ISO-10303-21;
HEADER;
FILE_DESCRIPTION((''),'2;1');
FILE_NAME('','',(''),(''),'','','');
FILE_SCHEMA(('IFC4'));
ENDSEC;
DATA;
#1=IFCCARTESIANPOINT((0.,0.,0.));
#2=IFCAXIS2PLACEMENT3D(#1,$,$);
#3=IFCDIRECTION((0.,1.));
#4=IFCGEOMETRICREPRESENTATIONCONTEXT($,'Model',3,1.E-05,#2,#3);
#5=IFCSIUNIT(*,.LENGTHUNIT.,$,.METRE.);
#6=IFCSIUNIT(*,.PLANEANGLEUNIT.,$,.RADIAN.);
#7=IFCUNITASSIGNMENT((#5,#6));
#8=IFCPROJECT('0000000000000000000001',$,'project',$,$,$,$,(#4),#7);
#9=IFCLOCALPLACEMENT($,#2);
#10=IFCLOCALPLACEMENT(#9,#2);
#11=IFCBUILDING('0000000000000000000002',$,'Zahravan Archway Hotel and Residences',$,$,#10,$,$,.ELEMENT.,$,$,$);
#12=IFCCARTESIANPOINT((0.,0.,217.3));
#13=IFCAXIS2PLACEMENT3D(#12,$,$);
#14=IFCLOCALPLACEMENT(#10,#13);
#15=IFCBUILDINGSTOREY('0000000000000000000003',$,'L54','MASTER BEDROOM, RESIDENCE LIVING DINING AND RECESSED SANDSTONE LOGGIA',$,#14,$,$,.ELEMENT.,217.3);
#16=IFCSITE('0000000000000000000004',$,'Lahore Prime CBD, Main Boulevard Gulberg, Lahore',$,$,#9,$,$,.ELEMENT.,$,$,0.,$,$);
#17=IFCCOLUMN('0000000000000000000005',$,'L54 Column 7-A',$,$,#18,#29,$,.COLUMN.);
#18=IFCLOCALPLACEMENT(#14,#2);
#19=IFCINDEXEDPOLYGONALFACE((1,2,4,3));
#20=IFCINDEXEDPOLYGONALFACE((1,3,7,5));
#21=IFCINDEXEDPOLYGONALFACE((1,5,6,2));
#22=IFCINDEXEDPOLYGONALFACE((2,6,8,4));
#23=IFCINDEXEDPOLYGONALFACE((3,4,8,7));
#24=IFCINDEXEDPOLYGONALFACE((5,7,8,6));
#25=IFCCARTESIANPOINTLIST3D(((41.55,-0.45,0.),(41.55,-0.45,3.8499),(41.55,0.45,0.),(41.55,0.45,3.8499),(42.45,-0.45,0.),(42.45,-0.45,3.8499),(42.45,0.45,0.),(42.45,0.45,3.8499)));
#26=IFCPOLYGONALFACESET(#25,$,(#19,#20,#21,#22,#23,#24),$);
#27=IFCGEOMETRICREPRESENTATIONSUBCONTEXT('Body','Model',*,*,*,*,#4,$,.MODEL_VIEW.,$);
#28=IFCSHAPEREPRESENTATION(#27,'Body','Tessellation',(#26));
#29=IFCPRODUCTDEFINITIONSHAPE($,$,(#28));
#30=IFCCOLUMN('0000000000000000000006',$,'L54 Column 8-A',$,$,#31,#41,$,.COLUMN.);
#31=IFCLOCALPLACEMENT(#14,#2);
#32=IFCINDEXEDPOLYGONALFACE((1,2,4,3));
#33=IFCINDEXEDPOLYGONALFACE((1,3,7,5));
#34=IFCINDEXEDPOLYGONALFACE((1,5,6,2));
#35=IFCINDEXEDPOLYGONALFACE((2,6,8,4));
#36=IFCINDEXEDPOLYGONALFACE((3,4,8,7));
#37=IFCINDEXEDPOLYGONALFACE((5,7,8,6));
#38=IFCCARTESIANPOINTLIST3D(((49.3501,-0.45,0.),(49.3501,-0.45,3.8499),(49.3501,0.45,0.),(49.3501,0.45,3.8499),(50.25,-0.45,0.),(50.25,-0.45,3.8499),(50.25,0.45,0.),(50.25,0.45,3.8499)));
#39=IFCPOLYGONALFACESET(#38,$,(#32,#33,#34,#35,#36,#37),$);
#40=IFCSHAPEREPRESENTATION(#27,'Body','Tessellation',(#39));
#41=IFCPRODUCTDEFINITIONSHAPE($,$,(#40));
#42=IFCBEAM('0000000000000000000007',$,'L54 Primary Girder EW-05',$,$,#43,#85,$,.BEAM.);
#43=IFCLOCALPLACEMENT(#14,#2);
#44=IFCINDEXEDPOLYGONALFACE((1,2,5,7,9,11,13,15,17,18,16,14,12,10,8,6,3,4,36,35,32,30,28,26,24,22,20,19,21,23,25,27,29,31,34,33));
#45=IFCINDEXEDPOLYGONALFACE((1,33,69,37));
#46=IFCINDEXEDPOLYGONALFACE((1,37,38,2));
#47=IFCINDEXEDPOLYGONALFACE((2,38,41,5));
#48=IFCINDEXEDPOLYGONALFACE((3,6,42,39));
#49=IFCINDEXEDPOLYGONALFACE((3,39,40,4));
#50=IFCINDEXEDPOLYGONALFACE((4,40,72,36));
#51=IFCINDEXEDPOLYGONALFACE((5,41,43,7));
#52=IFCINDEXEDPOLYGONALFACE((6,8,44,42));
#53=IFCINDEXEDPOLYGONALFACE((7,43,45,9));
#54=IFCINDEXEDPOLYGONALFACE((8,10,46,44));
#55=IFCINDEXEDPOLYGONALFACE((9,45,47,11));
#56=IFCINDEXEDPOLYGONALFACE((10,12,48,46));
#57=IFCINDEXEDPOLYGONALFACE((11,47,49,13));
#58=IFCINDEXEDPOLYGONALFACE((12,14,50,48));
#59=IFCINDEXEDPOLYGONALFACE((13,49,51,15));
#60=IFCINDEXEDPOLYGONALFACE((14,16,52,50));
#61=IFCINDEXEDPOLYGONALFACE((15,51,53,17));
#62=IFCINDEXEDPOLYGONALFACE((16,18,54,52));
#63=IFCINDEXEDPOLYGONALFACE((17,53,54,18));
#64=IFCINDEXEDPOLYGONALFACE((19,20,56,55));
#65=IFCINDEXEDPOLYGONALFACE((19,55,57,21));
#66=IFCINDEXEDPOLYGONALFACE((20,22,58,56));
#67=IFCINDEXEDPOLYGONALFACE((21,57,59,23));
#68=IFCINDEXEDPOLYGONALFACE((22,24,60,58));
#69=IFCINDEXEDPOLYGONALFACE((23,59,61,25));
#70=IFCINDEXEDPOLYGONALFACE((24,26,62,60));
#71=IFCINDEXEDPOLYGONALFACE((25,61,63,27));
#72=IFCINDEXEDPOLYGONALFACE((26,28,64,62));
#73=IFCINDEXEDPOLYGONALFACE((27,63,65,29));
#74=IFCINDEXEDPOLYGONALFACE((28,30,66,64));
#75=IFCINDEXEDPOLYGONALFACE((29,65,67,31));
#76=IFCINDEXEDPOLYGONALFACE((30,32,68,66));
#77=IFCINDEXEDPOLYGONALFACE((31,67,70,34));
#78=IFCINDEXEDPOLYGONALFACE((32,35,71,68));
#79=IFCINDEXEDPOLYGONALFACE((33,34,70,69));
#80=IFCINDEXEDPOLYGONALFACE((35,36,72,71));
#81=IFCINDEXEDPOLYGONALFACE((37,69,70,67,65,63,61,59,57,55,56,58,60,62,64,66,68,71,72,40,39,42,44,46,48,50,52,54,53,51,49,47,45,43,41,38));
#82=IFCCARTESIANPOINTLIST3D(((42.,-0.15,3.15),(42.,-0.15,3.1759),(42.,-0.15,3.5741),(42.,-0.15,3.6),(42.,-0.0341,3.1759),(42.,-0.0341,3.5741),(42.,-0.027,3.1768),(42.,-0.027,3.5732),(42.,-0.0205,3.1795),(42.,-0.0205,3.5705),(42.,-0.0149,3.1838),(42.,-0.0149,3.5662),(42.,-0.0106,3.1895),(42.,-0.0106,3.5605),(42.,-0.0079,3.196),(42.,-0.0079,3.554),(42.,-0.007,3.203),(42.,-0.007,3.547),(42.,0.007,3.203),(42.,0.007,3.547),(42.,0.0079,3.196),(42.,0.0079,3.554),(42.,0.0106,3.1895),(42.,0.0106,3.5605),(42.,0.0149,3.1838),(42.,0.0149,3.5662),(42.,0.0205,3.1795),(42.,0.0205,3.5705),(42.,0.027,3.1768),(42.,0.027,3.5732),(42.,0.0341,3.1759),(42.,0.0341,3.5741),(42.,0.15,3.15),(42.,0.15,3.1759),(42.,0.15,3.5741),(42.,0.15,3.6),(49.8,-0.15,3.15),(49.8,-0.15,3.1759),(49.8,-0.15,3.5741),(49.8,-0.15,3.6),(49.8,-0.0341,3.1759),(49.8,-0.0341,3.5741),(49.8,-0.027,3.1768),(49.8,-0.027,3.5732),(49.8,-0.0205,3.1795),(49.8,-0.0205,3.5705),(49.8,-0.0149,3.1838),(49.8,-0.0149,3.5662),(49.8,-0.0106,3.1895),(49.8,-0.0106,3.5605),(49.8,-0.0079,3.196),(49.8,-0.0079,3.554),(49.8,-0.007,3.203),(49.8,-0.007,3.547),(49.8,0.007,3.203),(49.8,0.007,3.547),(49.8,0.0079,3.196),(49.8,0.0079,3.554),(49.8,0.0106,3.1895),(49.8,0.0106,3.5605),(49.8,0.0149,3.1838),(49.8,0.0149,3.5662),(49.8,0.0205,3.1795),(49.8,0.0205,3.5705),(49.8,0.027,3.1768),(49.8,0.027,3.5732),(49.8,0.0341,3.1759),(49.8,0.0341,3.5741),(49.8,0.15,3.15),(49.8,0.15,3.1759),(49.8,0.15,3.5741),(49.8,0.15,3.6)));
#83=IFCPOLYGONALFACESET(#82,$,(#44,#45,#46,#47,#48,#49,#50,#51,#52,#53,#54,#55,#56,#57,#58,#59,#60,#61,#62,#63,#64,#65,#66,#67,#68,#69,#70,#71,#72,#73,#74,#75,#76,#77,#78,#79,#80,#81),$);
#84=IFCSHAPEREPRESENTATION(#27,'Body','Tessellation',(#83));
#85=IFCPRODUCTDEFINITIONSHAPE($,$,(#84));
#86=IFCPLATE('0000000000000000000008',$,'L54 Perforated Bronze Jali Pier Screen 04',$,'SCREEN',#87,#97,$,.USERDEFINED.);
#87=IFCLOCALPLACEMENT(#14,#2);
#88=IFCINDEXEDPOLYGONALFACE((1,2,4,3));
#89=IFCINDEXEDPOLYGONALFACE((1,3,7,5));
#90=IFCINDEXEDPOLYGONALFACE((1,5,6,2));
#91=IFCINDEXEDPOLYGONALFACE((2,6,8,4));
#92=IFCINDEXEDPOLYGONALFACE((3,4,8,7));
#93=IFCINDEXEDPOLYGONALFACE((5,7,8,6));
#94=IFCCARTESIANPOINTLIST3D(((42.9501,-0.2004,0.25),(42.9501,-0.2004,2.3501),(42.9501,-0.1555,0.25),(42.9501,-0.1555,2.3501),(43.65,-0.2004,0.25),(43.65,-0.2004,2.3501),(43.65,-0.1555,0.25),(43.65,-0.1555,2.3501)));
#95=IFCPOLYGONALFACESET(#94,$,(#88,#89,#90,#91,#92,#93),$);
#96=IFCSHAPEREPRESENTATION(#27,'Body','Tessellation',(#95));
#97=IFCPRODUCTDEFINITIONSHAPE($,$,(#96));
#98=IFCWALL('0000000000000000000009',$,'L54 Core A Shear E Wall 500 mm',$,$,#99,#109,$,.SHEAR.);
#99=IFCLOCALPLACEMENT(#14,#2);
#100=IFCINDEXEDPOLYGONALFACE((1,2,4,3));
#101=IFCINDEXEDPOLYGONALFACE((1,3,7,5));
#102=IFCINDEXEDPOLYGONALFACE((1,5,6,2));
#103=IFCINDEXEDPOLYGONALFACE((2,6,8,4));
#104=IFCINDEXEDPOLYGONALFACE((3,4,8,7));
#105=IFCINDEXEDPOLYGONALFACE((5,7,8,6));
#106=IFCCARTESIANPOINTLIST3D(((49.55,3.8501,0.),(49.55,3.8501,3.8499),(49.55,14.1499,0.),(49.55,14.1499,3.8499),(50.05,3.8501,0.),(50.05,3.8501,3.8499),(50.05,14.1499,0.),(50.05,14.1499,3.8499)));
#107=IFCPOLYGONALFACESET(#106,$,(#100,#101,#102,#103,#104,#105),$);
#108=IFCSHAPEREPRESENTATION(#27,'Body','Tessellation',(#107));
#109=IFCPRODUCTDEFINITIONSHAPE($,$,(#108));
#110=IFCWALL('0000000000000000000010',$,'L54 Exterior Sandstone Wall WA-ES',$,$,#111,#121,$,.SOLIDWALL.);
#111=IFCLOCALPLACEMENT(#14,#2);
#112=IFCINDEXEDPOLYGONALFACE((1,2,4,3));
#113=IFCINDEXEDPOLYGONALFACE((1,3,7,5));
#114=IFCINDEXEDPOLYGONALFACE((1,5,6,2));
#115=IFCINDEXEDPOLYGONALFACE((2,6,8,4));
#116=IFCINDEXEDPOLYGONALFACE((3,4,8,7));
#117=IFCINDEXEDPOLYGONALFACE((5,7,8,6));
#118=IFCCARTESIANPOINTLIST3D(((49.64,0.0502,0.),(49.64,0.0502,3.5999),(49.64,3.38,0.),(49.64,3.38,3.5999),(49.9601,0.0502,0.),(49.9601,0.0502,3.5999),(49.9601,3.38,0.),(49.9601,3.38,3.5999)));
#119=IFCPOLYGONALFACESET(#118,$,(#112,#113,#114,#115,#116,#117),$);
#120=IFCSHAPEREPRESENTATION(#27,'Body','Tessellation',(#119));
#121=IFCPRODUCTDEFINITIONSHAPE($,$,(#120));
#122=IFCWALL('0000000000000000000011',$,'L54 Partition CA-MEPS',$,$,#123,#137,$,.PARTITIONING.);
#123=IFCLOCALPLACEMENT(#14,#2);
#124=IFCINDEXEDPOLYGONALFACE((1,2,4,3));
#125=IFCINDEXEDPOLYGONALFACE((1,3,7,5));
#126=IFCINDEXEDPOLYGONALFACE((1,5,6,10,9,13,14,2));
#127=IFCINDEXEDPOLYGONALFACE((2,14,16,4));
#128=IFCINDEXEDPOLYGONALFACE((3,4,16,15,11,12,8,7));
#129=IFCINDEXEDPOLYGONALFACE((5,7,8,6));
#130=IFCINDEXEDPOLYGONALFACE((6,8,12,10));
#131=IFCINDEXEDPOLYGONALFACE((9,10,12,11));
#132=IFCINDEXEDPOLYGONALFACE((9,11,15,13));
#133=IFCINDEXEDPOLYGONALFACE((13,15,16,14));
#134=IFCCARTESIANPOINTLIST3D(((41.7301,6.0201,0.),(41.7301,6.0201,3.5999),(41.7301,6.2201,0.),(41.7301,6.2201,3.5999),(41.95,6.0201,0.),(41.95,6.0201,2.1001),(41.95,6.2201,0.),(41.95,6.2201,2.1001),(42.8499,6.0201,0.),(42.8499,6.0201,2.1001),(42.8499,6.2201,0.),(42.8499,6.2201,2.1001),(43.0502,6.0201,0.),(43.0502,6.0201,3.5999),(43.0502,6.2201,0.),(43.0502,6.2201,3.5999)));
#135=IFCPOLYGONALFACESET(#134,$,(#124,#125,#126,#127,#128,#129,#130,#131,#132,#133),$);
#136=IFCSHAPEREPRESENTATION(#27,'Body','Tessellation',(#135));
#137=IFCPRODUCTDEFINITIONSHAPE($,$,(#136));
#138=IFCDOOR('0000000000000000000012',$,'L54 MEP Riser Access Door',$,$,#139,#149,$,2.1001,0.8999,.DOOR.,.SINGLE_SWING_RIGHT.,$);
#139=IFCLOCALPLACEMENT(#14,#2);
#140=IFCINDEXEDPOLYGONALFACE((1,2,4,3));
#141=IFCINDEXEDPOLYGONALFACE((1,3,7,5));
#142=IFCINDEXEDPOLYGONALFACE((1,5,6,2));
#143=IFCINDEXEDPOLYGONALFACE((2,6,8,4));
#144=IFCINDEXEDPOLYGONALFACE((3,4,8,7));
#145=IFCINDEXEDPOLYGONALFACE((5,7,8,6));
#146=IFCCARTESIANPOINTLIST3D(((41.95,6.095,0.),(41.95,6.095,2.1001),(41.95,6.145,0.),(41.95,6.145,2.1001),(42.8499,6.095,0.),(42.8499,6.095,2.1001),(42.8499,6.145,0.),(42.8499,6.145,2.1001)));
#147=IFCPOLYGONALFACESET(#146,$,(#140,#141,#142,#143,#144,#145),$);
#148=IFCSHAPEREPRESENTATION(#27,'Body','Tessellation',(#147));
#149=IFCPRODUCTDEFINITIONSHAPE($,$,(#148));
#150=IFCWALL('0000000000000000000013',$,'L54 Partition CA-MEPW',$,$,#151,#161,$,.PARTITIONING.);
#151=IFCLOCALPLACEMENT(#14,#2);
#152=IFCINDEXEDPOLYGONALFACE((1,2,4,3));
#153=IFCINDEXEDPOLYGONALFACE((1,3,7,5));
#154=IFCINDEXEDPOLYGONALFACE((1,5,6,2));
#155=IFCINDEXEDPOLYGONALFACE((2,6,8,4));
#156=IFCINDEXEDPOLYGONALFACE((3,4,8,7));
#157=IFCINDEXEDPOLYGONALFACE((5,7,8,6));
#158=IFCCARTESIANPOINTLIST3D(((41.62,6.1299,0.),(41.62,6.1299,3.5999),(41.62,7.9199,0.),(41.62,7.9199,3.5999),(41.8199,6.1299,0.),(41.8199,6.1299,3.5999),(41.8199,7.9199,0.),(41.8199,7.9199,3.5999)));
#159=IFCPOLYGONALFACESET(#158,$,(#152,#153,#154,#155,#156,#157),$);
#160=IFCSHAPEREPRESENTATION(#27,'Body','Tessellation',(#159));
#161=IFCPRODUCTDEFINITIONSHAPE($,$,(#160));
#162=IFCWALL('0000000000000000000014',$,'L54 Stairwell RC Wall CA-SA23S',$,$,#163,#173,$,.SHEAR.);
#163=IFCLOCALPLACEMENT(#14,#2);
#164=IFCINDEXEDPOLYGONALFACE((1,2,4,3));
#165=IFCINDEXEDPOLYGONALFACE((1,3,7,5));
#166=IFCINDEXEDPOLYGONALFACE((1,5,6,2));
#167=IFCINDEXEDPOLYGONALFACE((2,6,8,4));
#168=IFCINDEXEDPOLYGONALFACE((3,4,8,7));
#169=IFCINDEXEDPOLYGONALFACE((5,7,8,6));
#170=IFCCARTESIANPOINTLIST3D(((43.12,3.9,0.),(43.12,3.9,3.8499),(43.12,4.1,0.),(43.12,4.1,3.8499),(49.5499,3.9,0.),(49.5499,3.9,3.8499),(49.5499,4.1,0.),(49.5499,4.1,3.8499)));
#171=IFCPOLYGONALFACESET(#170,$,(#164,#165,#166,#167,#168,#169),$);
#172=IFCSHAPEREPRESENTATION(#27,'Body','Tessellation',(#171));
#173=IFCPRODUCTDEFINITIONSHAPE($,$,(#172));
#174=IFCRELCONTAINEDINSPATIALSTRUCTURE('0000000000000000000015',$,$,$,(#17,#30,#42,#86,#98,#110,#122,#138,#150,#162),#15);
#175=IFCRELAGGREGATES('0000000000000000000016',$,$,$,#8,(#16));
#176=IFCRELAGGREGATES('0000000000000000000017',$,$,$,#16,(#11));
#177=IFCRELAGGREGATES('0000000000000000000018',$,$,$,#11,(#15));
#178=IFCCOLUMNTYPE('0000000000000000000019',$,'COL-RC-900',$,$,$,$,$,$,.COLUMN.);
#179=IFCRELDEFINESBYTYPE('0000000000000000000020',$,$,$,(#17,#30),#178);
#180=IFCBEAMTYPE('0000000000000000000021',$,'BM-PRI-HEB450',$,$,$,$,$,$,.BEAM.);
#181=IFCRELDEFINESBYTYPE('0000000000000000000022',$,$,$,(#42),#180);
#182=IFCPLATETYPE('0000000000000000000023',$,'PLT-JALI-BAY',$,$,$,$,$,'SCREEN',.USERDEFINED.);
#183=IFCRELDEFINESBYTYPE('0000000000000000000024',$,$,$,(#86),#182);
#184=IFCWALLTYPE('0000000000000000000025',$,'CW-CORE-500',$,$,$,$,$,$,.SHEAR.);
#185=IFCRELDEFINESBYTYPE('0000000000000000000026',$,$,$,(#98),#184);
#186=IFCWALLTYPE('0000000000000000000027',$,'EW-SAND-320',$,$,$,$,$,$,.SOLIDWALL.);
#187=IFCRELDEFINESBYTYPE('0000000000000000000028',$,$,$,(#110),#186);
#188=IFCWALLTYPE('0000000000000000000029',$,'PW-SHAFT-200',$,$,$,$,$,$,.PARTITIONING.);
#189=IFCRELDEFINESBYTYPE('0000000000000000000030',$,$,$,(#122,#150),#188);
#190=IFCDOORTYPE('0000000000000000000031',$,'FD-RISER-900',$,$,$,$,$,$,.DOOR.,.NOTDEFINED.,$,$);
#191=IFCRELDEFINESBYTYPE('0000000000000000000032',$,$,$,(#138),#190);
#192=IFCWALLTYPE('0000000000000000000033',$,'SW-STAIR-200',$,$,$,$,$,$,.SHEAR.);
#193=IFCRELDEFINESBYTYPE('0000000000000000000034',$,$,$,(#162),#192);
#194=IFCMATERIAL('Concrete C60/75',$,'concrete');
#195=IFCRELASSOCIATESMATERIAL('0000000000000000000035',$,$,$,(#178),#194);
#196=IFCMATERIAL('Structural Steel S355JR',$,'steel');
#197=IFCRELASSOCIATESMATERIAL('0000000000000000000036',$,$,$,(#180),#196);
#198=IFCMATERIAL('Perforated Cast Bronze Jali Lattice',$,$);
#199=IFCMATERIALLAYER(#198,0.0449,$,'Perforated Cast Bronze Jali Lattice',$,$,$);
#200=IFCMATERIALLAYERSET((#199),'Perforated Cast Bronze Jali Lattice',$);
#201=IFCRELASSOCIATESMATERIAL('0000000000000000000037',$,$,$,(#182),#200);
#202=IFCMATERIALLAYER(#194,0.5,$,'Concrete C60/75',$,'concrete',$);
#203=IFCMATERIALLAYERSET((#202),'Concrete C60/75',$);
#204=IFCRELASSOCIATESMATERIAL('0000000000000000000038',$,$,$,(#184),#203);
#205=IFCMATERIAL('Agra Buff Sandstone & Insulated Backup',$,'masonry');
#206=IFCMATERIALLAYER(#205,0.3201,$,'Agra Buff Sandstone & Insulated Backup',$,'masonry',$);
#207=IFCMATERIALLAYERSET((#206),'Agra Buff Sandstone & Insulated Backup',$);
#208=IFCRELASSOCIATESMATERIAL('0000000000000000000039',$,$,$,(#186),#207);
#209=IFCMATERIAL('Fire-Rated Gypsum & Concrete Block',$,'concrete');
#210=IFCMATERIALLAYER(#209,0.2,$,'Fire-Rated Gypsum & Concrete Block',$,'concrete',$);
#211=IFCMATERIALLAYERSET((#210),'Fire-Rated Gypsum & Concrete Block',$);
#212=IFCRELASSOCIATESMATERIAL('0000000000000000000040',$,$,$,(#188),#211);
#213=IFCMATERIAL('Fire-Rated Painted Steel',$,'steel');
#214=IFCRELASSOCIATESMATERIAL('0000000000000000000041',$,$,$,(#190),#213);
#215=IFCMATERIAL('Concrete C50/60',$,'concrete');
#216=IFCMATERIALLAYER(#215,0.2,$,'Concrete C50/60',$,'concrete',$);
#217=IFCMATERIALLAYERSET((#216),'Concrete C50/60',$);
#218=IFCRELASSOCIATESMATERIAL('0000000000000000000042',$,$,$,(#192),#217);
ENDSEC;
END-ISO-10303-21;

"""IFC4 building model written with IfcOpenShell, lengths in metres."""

from ifc_helpers import new_model, si_unit, direction, frame, frame_2d, origin, origin_2d, place, context, subcontext, project, spatial, rectangle, i_section, extrude, source, transform, mapped, material, layer, layer_set, material_profile, profile_set, type_object, type_shapes, element, fill, save


model = new_model("IFC4")

# Units and contexts
model_context = context("Model", 3, precision=1e-05, world=origin(), true_north=direction((0.0, 1.0)))
body_context = subcontext(model_context, "Body", "Model", "MODEL_VIEW")
ifc_project = project(units=[si_unit("LENGTHUNIT", "METRE"), si_unit("PLANEANGLEUNIT", "RADIAN")], contexts=[model_context])

# Site, building, storey
site_placement = place(None, origin())
site = spatial("IfcSite", under=ifc_project, at=site_placement, Name="Lahore Prime CBD, Main Boulevard Gulberg, Lahore", CompositionType="ELEMENT", RefElevation=0.0)
building_placement = place(site_placement, origin())
building = spatial("IfcBuilding", under=site, at=building_placement, Name="Zahravan Archway Hotel and Residences", CompositionType="ELEMENT")
storey_placement = place(building_placement, frame((0.0, 0.0, 217.3)))
storey = spatial("IfcBuildingStorey", under=building, at=storey_placement, Name="L54", Description="MASTER BEDROOM, RESIDENCE LIVING DINING AND RECESSED SANDSTONE LOGGIA", CompositionType="ELEMENT", Elevation=217.3)

# Columns
ifc_material_1 = material(Name="Concrete C60/75", Category="concrete")
ifc_material_profile_1 = material_profile(ifc_material_1, rectangle(XDim=0.8999, YDim=0.8999, at=origin_2d()), Name="RC-COL-900x900", Category="concrete")
ifc_profile_set_1 = profile_set([ifc_material_profile_1], Name="Concrete C60/75")
column_type = type_object("IfcColumnType", Name="COL-RC-900", PredefinedType="COLUMN", material=ifc_profile_set_1)
shared_shape_1 = source(origin(), body_context, "Body", "SweptSolid", [
    extrude(rectangle(XDim=0.8999, YDim=0.8999, at=origin_2d()), origin(), (0.0, 0.0, 1.0), 3.8499),
])
for number, where, z_axis, x_axis, name in (
    (1, (42.0, 0.0, 0.0), (0.0, 0.0, 1.0), (1.0, 0.0, 0.0), "L54 Column 7-A"),
    (2, (49.8, 0.0, 0.0), (0.0, 0.0, 1.0), (1.0, 0.0, 0.0), "L54 Column 8-A"),
):
    element("IfcColumn", number, at=place(storey_placement, frame(where, z_axis=z_axis, x_axis=x_axis)), inside=storey, type_object=column_type, Name=name, PredefinedType="COLUMN", context=body_context, shape_type="MappedRepresentation", body=[
        mapped(shared_shape_1, transform((0.0, 0.0, 0.0), scale=1.0)),
    ])

# Beam
ifc_material_2 = material(Name="Structural Steel S355JR", Category="steel")
ifc_material_profile_2 = material_profile(ifc_material_2, i_section(OverallWidth=0.3, OverallDepth=0.45, WebThickness=0.0139, FlangeThickness=0.0259, FilletRadius=0.0271, at=origin_2d()), Name="HEB 450", Category="steel")
ifc_profile_set_2 = profile_set([ifc_material_profile_2], Name="Structural Steel S355JR")
beam_type = type_object("IfcBeamType", Name="BM-PRI-HEB450", PredefinedType="BEAM", material=ifc_profile_set_2)
shared_shape_2 = source(origin(), body_context, "Body", "SweptSolid", [
    extrude(i_section(OverallWidth=0.3, OverallDepth=0.45, WebThickness=0.0139, FlangeThickness=0.0259, FilletRadius=0.0271, at=origin_2d()), origin(), (0.0, 0.0, 1.0), 7.8),
])
beam_placement = place(storey_placement, frame((42.0, 0.0, 3.375), z_axis=(1.0, 0.0, 0.0), x_axis=(0.0, 1.0, 0.0)))
element("IfcBeam", 3, at=beam_placement, inside=storey, type_object=beam_type, Name="L54 Primary Girder EW-05", PredefinedType="BEAM", context=body_context, shape_type="MappedRepresentation", body=[
    mapped(shared_shape_2, transform((0.0, 0.0, 0.0), scale=1.0)),
])

# Plate
ifc_material_3 = material(Name="Perforated Cast Bronze Jali Lattice")
ifc_layer_1 = layer(ifc_material_3, 0.0449, Name="Perforated Cast Bronze Jali Lattice")
ifc_layer_set_1 = layer_set([ifc_layer_1], Name="Perforated Cast Bronze Jali Lattice")
plate_type = type_object("IfcPlateType", Name="PLT-JALI-BAY", ElementType="SCREEN", PredefinedType="USERDEFINED", material=ifc_layer_set_1)
shared_shape_3 = source(origin(), body_context, "Body", "SweptSolid", [
    extrude(rectangle(XDim=0.7, YDim=0.0449, at=origin_2d()), origin(), (0.0, 0.0, 1.0), 2.1001),
])
type_shapes(plate_type, [shared_shape_3])
plate_placement = place(storey_placement, frame((43.3, -0.178, 0.25), z_axis=(0.0, 0.0, 1.0), x_axis=(1.0, 0.0, 0.0)))
element("IfcPlate", 4, at=plate_placement, inside=storey, type_object=plate_type, Name="L54 Perforated Bronze Jali Pier Screen 04", ObjectType="SCREEN", PredefinedType="USERDEFINED", context=body_context, shape_type="MappedRepresentation", body=[
    mapped(shared_shape_3, transform((0.0, 0.0, 0.0), scale=1.0)),
])

# Walls
ifc_layer_2 = layer(ifc_material_1, 0.5, Name="Concrete C60/75", Category="concrete")
ifc_layer_set_2 = layer_set([ifc_layer_2], Name="Concrete C60/75")
wall_type_1 = type_object("IfcWallType", Name="CW-CORE-500", PredefinedType="SHEAR", material=ifc_layer_set_2)
wall_1_placement = place(storey_placement, frame((49.8, 3.8501, 0.0), z_axis=(0.0, 0.0, 1.0), x_axis=(0.0, 1.0, 0.0)))
element("IfcWall", 5, at=wall_1_placement, inside=storey, type_object=wall_type_1, Name="L54 Core A Shear E Wall 500 mm", PredefinedType="SHEAR", context=body_context, shape_type="SweptSolid", body=[
    extrude(rectangle(XDim=10.2998, YDim=0.5, at=frame_2d((5.1499, 0.0))), origin(), (0.0, 0.0, 1.0), 3.8499),
])
ifc_material_4 = material(Name="Agra Buff Sandstone & Insulated Backup", Category="masonry")
ifc_layer_3 = layer(ifc_material_4, 0.3201, Name="Agra Buff Sandstone & Insulated Backup", Category="masonry")
ifc_layer_set_3 = layer_set([ifc_layer_3], Name="Agra Buff Sandstone & Insulated Backup")
wall_type_2 = type_object("IfcWallType", Name="EW-SAND-320", PredefinedType="SOLIDWALL", material=ifc_layer_set_3)
wall_2_placement = place(storey_placement, frame((49.8, 0.05, 0.0), z_axis=(0.0, 0.0, 1.0), x_axis=(0.0, 1.0, 0.0)))
element("IfcWall", 6, at=wall_2_placement, inside=storey, type_object=wall_type_2, Name="L54 Exterior Sandstone Wall WA-ES", PredefinedType="SOLIDWALL", context=body_context, shape_type="SweptSolid", body=[
    extrude(rectangle(XDim=3.3298, YDim=0.3201, at=frame_2d((1.665, 0.0))), origin(), (0.0, 0.0, 1.0), 3.5999),
])

# Wall, opening, door
ifc_material_5 = material(Name="Fire-Rated Gypsum & Concrete Block", Category="concrete")
ifc_layer_4 = layer(ifc_material_5, 0.2, Name="Fire-Rated Gypsum & Concrete Block", Category="concrete")
ifc_layer_set_4 = layer_set([ifc_layer_4], Name="Fire-Rated Gypsum & Concrete Block")
wall_type_3 = type_object("IfcWallType", Name="PW-SHAFT-200", PredefinedType="PARTITIONING", material=ifc_layer_set_4)
wall_3_placement = place(storey_placement, frame((41.73, 6.1201, 0.0), z_axis=(0.0, 0.0, 1.0), x_axis=(1.0, 0.0, 0.0)))
wall_3 = element("IfcWall", 7, at=wall_3_placement, inside=storey, type_object=wall_type_3, Name="L54 Partition CA-MEPS", PredefinedType="PARTITIONING", context=body_context, shape_type="SweptSolid", body=[
    extrude(rectangle(XDim=1.3201, YDim=0.2, at=frame_2d((0.6602, 0.0))), origin(), (0.0, 0.0, 1.0), 3.5999),
])
opening_placement = place(wall_3_placement, frame((0.22, 0.0, 0.0)))
opening = element("IfcOpeningElement", 8, at=opening_placement, cuts=wall_3, PredefinedType="OPENING", context=body_context, shape_type="SweptSolid", body=[
    extrude(rectangle(XDim=0.8999, YDim=2.1001, at=frame_2d((0.45, 1.05))), frame((0.0, 0.1099, 0.0), z_axis=(0.0, -1.0, 0.0), x_axis=(1.0, 0.0, 0.0)), (0.0, 0.0, 1.0), 0.22),
])
ifc_material_6 = material(Name="Fire-Rated Painted Steel", Category="steel")
door_type = type_object("IfcDoorType", Name="FD-RISER-900", OperationType="NOTDEFINED", PredefinedType="DOOR", material=ifc_material_6)
shared_shape_4 = source(origin(), body_context, "Body", "SweptSolid", [
    extrude(rectangle(XDim=0.8999, YDim=2.1001, at=frame_2d((0.45, 1.05))), frame((0.0, 0.0249, 0.0), z_axis=(0.0, -1.0, 0.0), x_axis=(1.0, 0.0, 0.0)), (0.0, 0.0, 1.0), 0.05),
])
type_shapes(door_type, [shared_shape_4])
door_placement = place(opening_placement, origin())
door = element("IfcDoor", 9, at=door_placement, inside=storey, type_object=door_type, Name="L54 MEP Riser Access Door", OperationType="SINGLE_SWING_RIGHT", OverallHeight=2.1001, OverallWidth=0.8999, PredefinedType="DOOR", context=body_context, shape_type="MappedRepresentation", body=[
    mapped(shared_shape_4, transform((0.0, 0.0, 0.0), scale=1.0)),
])
fill(opening, door)

# Walls
wall_4_placement = place(storey_placement, frame((41.72, 6.1299, 0.0), z_axis=(0.0, 0.0, 1.0), x_axis=(0.0, 1.0, 0.0)))
element("IfcWall", 10, at=wall_4_placement, inside=storey, type_object=wall_type_3, Name="L54 Partition CA-MEPW", PredefinedType="PARTITIONING", context=body_context, shape_type="SweptSolid", body=[
    extrude(rectangle(XDim=1.79, YDim=0.2, at=frame_2d((0.895, 0.0))), origin(), (0.0, 0.0, 1.0), 3.5999),
])
ifc_material_7 = material(Name="Concrete C50/60", Category="concrete")
ifc_layer_5 = layer(ifc_material_7, 0.2, Name="Concrete C50/60", Category="concrete")
ifc_layer_set_5 = layer_set([ifc_layer_5], Name="Concrete C50/60")
wall_type_4 = type_object("IfcWallType", Name="SW-STAIR-200", PredefinedType="SHEAR", material=ifc_layer_set_5)
wall_5_placement = place(storey_placement, frame((43.1201, 4.0, 0.0), z_axis=(0.0, 0.0, 1.0), x_axis=(1.0, 0.0, 0.0)))
element("IfcWall", 11, at=wall_5_placement, inside=storey, type_object=wall_type_4, Name="L54 Stairwell RC Wall CA-SA23S", PredefinedType="SHEAR", context=body_context, shape_type="SweptSolid", body=[
    extrude(rectangle(XDim=6.4299, YDim=0.2, at=frame_2d((3.2148, 0.0))), origin(), (0.0, 0.0, 1.0), 3.8499),
])

save(model, "model.ifc")
